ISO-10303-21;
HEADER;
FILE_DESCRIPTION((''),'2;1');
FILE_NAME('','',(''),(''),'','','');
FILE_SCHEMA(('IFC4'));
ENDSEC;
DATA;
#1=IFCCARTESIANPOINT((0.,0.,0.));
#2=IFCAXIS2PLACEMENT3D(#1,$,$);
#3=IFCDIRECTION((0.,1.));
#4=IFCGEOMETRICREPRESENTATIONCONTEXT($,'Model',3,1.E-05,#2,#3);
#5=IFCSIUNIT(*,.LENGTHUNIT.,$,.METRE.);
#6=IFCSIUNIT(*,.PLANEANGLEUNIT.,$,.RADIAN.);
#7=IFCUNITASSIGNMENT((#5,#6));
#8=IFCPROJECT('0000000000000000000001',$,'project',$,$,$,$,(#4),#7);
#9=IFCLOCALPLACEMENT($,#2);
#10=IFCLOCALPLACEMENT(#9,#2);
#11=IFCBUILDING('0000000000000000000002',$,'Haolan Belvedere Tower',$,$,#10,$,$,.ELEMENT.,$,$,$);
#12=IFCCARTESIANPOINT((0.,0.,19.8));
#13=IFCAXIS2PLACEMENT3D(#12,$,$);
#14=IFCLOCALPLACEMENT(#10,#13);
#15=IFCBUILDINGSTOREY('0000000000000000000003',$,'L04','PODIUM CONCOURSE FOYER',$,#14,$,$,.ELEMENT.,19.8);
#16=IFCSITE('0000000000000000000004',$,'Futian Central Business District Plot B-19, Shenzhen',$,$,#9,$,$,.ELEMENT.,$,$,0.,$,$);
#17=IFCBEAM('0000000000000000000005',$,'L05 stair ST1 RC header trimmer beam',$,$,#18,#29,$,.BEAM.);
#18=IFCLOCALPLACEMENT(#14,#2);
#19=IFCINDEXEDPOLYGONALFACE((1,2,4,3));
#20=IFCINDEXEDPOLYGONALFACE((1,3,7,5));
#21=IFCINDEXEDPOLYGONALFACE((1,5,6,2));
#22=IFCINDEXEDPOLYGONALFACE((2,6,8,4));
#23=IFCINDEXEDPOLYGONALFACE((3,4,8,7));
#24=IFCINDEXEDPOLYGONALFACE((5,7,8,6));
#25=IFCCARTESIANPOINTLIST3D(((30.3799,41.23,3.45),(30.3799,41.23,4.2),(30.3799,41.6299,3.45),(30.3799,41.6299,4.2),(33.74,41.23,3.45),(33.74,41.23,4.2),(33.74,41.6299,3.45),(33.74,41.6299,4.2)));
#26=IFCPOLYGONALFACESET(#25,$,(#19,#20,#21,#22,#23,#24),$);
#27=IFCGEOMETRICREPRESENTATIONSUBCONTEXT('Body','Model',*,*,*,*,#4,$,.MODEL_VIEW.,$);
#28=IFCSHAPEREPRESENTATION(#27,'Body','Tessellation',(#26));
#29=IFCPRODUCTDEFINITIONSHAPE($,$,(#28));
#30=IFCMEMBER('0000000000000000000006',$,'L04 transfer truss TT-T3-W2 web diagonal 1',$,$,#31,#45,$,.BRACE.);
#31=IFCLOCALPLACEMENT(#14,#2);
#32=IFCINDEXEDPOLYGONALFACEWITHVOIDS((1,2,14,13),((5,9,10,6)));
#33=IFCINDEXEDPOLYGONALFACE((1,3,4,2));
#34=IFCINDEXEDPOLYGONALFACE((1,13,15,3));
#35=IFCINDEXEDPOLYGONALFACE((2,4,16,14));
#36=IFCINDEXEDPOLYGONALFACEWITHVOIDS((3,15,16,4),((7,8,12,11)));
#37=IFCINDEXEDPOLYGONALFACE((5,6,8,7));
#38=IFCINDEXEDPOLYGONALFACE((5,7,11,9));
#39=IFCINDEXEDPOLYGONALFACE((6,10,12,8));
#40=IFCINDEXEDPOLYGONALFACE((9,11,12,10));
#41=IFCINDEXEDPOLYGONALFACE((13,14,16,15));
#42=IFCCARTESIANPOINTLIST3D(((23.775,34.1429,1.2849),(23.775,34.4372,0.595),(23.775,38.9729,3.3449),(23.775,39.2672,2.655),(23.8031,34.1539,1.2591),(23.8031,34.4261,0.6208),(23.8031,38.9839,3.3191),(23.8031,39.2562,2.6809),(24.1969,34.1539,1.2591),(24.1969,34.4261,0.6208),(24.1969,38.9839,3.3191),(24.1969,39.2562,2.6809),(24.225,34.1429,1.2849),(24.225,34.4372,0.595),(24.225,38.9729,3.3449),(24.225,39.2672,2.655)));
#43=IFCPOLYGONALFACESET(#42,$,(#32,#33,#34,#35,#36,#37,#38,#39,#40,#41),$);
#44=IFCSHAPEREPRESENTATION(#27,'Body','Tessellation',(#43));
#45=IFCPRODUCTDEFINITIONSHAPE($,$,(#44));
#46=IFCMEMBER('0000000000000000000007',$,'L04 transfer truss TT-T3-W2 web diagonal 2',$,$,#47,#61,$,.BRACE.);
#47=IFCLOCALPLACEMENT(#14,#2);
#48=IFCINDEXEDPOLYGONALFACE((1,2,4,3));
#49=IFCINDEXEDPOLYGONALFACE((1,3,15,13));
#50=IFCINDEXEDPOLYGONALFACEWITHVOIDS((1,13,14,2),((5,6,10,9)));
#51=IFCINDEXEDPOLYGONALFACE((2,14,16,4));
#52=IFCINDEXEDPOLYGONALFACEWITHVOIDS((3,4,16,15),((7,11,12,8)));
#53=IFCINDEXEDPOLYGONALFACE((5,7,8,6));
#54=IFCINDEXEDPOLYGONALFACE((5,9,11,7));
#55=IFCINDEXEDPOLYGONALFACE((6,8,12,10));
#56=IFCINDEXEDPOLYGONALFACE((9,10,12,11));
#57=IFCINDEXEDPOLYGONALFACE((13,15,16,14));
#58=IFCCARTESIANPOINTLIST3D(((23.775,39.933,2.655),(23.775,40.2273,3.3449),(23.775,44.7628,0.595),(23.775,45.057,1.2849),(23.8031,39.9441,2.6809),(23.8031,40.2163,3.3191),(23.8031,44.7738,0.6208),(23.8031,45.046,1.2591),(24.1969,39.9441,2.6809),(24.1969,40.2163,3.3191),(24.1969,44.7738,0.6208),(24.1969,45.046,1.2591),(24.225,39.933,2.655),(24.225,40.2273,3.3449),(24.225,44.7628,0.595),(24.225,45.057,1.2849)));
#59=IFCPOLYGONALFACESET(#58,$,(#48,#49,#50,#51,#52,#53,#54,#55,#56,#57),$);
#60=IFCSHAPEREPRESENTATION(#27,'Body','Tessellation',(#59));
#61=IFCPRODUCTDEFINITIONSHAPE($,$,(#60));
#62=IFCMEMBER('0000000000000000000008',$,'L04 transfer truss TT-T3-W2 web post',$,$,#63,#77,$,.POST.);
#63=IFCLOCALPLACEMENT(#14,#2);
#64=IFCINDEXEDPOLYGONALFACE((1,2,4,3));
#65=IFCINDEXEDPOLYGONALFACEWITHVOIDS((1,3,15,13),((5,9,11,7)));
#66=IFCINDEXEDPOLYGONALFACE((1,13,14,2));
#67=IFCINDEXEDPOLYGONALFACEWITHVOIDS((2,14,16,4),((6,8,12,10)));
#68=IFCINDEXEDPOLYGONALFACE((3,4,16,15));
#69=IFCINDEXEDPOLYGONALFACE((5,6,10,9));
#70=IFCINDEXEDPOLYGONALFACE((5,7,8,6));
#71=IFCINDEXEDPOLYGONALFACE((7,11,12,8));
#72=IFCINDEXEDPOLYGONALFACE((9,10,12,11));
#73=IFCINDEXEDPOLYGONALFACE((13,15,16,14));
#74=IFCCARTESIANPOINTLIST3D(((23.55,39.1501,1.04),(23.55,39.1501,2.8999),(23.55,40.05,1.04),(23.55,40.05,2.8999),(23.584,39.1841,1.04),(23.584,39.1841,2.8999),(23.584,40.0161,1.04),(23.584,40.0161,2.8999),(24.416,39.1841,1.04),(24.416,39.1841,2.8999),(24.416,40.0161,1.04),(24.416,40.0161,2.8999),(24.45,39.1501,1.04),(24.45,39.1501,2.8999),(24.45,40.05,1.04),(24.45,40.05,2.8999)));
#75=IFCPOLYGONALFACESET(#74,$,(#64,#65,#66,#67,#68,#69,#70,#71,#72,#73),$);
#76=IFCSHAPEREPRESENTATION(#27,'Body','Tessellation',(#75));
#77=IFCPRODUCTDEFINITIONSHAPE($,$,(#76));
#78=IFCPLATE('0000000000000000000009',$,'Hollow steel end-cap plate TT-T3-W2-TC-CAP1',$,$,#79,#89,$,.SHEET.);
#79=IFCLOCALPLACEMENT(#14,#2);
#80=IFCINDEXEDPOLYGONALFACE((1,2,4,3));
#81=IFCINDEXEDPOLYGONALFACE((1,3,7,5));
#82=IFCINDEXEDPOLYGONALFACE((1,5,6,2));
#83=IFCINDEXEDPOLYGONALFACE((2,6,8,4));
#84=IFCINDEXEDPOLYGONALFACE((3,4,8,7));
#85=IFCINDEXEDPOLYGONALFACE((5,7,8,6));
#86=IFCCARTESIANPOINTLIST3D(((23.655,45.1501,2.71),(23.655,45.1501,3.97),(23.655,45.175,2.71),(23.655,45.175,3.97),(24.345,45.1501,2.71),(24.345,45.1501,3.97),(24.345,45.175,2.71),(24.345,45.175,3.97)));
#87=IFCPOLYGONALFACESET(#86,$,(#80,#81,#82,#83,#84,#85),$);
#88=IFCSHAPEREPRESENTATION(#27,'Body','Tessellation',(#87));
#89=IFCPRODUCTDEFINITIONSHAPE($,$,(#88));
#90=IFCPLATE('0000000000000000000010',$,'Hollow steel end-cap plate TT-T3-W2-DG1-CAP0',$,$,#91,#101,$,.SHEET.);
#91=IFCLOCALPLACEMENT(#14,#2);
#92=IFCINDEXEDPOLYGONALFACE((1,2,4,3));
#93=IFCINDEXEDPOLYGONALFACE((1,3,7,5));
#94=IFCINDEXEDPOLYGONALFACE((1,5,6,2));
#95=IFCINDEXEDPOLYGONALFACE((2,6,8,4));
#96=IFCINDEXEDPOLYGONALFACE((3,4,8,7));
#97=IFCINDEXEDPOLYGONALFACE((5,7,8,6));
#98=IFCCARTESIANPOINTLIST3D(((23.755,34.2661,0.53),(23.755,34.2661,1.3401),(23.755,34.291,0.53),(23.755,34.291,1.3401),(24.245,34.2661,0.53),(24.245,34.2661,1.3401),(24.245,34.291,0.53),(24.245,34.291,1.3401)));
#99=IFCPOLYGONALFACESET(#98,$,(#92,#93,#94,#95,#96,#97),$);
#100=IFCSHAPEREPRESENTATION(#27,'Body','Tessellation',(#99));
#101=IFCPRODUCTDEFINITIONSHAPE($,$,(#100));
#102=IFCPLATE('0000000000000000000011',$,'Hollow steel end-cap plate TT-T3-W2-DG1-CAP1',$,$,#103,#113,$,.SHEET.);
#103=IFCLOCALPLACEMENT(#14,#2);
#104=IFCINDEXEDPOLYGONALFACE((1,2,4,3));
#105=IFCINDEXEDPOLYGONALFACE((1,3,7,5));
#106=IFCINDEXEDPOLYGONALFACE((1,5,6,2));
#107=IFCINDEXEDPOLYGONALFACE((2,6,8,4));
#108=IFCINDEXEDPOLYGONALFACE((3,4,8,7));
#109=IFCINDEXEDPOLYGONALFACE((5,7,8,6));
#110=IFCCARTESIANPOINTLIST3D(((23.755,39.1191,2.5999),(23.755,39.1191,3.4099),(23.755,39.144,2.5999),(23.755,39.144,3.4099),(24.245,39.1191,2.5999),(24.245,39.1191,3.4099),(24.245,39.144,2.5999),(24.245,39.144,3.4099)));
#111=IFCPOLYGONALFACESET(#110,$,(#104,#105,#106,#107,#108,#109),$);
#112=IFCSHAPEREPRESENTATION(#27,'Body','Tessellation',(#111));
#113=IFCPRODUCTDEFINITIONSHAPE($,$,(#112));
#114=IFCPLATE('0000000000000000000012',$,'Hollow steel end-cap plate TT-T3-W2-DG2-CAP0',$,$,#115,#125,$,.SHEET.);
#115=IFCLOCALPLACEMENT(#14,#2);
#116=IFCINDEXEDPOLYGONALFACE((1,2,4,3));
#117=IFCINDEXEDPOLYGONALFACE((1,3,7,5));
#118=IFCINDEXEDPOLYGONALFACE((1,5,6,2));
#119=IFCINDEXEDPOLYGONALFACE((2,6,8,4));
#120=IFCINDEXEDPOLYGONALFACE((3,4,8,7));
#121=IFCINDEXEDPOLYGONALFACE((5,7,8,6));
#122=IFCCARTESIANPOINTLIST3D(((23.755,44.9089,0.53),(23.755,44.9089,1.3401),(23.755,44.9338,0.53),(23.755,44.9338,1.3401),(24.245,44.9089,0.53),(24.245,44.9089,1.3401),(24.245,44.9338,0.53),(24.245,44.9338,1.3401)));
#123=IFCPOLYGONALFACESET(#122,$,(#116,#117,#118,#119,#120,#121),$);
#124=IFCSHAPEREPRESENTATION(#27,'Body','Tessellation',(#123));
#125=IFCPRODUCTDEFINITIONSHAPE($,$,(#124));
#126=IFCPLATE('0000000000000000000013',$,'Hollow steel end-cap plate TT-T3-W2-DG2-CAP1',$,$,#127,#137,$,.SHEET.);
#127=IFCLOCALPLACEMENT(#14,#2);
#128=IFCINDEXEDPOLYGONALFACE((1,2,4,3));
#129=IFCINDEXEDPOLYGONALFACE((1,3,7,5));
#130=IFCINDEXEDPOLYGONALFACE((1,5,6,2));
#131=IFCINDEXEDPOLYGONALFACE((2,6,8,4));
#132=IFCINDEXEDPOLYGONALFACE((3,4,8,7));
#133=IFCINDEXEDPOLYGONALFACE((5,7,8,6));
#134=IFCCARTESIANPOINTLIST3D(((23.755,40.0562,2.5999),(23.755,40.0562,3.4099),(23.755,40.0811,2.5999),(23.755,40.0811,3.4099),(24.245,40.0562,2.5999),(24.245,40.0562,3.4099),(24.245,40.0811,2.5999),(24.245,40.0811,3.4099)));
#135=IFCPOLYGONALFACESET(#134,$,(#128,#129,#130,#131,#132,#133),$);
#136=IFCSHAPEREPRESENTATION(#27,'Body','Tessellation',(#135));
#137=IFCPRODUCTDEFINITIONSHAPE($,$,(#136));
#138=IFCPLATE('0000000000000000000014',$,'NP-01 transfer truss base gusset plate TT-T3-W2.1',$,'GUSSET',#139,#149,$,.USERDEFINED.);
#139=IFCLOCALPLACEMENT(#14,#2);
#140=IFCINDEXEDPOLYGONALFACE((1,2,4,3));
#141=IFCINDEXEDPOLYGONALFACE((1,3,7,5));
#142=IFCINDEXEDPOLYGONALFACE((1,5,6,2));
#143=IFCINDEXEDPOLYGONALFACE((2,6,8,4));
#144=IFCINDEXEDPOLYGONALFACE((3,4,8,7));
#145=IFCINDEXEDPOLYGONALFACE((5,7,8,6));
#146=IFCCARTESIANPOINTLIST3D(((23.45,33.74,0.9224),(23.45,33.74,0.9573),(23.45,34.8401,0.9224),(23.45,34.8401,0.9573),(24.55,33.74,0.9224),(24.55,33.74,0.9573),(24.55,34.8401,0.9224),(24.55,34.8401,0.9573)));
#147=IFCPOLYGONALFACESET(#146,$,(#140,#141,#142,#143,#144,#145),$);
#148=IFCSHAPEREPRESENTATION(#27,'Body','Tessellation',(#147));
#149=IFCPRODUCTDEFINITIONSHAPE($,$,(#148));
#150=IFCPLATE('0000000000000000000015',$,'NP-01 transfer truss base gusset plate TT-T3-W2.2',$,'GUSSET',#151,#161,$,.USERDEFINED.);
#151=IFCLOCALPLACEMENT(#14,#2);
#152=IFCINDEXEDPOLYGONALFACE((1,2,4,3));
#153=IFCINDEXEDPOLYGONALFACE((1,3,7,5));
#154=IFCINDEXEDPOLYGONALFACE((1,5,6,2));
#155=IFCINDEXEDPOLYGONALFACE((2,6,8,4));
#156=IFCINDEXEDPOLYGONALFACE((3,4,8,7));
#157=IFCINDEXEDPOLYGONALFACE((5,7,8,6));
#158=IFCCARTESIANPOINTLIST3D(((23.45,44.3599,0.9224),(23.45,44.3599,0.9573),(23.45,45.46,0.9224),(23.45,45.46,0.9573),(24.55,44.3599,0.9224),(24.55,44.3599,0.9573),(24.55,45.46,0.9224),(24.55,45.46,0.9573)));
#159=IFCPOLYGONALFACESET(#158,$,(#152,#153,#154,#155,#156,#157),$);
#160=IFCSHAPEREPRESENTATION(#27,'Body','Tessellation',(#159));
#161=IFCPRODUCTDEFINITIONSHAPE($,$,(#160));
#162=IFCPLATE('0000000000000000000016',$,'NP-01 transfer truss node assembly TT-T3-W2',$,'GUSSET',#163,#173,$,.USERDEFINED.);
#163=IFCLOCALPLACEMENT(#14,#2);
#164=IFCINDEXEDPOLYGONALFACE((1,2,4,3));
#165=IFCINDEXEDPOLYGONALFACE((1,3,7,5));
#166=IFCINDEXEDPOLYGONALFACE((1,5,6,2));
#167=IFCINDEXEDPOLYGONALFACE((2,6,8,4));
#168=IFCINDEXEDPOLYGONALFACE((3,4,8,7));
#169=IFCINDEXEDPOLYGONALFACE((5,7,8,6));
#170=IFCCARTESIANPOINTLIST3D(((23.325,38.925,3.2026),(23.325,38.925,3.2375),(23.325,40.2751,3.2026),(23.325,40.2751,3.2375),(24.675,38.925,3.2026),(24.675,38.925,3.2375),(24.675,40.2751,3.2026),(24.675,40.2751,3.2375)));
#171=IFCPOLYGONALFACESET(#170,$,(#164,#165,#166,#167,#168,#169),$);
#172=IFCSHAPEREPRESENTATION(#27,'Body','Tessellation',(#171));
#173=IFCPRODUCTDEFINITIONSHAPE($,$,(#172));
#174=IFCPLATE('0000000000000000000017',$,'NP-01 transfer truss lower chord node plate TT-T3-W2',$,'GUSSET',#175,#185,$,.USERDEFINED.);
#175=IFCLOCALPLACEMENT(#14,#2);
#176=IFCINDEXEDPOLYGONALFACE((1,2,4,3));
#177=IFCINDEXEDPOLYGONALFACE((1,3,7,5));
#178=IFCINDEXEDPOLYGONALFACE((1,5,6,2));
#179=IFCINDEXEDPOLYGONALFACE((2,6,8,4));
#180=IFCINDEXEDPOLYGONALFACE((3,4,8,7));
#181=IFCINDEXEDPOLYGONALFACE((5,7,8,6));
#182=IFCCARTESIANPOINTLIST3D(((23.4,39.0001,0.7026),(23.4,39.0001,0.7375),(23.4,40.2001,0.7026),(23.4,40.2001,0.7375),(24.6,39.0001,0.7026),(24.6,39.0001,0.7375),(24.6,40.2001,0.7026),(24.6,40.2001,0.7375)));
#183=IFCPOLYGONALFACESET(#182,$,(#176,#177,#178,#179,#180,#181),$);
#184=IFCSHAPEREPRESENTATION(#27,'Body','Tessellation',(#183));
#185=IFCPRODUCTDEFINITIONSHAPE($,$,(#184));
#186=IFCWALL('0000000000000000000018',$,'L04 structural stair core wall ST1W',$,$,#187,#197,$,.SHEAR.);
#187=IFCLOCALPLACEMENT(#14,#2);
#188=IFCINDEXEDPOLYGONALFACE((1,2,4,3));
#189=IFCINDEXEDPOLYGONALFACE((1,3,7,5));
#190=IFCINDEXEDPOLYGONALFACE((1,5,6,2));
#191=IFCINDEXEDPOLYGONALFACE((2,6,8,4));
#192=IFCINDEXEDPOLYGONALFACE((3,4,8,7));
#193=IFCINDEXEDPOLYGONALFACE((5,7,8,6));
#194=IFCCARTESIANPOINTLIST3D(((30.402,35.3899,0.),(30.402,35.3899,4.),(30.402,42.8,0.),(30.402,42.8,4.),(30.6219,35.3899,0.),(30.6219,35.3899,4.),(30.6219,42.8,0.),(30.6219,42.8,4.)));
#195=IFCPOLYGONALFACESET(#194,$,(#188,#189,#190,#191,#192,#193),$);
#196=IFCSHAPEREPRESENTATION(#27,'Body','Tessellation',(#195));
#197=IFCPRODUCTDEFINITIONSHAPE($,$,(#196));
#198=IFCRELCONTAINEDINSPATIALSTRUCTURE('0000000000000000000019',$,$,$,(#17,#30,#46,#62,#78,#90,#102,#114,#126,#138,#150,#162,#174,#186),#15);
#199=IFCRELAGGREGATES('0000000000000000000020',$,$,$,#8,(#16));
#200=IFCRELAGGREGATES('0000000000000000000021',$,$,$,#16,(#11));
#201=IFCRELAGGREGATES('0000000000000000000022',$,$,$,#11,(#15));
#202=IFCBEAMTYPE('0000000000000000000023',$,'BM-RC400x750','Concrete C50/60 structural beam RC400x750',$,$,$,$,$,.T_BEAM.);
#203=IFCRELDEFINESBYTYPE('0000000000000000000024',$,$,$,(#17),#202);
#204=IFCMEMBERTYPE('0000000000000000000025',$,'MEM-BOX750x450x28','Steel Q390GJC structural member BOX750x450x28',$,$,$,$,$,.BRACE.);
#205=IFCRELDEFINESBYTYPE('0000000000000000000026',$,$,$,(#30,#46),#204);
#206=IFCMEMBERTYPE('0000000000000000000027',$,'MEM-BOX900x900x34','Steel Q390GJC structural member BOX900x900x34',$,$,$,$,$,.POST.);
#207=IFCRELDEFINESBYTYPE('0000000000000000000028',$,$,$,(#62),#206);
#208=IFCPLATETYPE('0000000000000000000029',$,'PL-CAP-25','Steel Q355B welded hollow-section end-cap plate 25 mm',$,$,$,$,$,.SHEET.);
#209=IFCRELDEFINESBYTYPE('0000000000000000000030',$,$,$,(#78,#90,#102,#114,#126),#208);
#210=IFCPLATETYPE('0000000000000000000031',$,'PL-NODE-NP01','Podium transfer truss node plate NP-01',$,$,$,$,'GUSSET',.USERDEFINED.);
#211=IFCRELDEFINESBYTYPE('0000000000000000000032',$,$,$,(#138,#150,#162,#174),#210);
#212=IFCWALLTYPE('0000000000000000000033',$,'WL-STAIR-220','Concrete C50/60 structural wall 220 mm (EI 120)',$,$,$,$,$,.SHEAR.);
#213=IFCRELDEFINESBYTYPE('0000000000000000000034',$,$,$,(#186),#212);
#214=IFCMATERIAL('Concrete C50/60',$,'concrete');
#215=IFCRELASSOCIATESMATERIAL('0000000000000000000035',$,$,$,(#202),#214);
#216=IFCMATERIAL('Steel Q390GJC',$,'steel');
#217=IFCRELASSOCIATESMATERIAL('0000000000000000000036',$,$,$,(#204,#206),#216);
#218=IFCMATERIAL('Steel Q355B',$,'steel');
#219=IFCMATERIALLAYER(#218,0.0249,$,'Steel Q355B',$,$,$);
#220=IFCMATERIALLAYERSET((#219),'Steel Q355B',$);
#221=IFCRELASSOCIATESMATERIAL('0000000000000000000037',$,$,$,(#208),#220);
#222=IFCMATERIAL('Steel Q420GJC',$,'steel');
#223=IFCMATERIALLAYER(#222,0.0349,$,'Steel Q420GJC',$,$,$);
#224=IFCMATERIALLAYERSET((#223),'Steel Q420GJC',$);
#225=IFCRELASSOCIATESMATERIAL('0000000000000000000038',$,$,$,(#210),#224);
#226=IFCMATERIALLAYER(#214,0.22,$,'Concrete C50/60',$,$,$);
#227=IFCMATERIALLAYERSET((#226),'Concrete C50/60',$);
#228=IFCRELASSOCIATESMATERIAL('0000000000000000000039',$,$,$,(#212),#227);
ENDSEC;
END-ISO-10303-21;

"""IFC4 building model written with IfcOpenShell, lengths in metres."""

from ifc_helpers import new_model, si_unit, direction, frame, frame_2d, origin, origin_2d, place, context, subcontext, project, spatial, rectangle, hollow_rectangle, extrude, material, layer, layer_set, material_profile, profile_set, type_object, element, save


model = new_model("IFC4")

# Units and contexts
model_context = context("Model", 3, precision=1e-05, world=origin(), true_north=direction((0.0, 1.0)))
body_context = subcontext(model_context, "Body", "Model", "MODEL_VIEW")
ifc_project = project(units=[si_unit("LENGTHUNIT", "METRE"), si_unit("PLANEANGLEUNIT", "RADIAN")], contexts=[model_context])

# Site, building, storey
site_placement = place(None, origin())
site = spatial("IfcSite", under=ifc_project, at=site_placement, Name="Futian Central Business District Plot B-19, Shenzhen", CompositionType="ELEMENT", RefElevation=0.0)
building_placement = place(site_placement, origin())
building = spatial("IfcBuilding", under=site, at=building_placement, Name="Haolan Belvedere Tower", CompositionType="ELEMENT")
storey_placement = place(building_placement, frame((0.0, 0.0, 19.8)))
storey = spatial("IfcBuildingStorey", under=building, at=storey_placement, Name="L04", Description="PODIUM CONCOURSE FOYER", CompositionType="ELEMENT", Elevation=19.8)

# Beam
ifc_material_1 = material(Name="Concrete C50/60", Category="concrete")
ifc_material_profile_1 = material_profile(ifc_material_1, rectangle(XDim=0.3999, YDim=0.75, at=origin_2d()), Name="Concrete C50/60")
ifc_profile_set_1 = profile_set([ifc_material_profile_1], Name="Concrete C50/60")
beam_type = type_object("IfcBeamType", Name="BM-RC400x750", Description="Concrete C50/60 structural beam RC400x750", PredefinedType="T_BEAM", material=ifc_profile_set_1)
beam_placement = place(storey_placement, frame((30.3799, 41.4299, 3.825), z_axis=(1.0, 0.0, 0.0), x_axis=(0.0, 1.0, 0.0)))
element("IfcBeam", 1, at=beam_placement, inside=storey, type_object=beam_type, Name="L05 stair ST1 RC header trimmer beam", PredefinedType="BEAM", context=body_context, shape_type="SweptSolid", body=[
    extrude(rectangle(XDim=0.3999, YDim=0.75, at=origin_2d()), origin(), (0.0, 0.0, 1.0), 3.3601),
])

# Members
ifc_material_2 = material(Name="Steel Q390GJC", Category="steel")
ifc_material_profile_2 = material_profile(ifc_material_2, hollow_rectangle(XDim=0.45, YDim=0.75, WallThickness=0.0281, at=origin_2d()), Name="Steel Q390GJC")
ifc_profile_set_2 = profile_set([ifc_material_profile_2], Name="Steel Q390GJC")
member_type_1 = type_object("IfcMemberType", Name="MEM-BOX750x450x28", Description="Steel Q390GJC structural member BOX750x450x28", PredefinedType="BRACE", material=ifc_profile_set_2)
member_1_placement = place(storey_placement, frame((24.0, 34.29, 0.9399), z_axis=(0.0, 0.919831, 0.392314), x_axis=(-1.0, 0.0, 0.0)))
element("IfcMember", 2, at=member_1_placement, inside=storey, type_object=member_type_1, Name="L04 transfer truss TT-T3-W2 web diagonal 1", PredefinedType="BRACE", context=body_context, shape_type="SweptSolid", body=[
    extrude(hollow_rectangle(XDim=0.45, YDim=0.75, WallThickness=0.0281, at=origin_2d()), origin(), (0.0, 0.0, 1.0), 5.251),
])
member_2_placement = place(storey_placement, frame((24.0, 44.9099, 0.9399), z_axis=(0.0, -0.919824, 0.392331), x_axis=(1.0, 0.0, 0.0)))
element("IfcMember", 3, at=member_2_placement, inside=storey, type_object=member_type_1, Name="L04 transfer truss TT-T3-W2 web diagonal 2", PredefinedType="BRACE", context=body_context, shape_type="SweptSolid", body=[
    extrude(hollow_rectangle(XDim=0.45, YDim=0.75, WallThickness=0.0281, at=origin_2d()), origin(), (0.0, 0.0, 1.0), 5.2507),
])
ifc_material_profile_3 = material_profile(ifc_material_2, hollow_rectangle(XDim=0.8999, YDim=0.8999, WallThickness=0.0339, at=origin_2d()), Name="Steel Q390GJC")
ifc_profile_set_3 = profile_set([ifc_material_profile_3], Name="Steel Q390GJC")
member_type_2 = type_object("IfcMemberType", Name="MEM-BOX900x900x34", Description="Steel Q390GJC structural member BOX900x900x34", PredefinedType="POST", material=ifc_profile_set_3)
member_3_placement = place(storey_placement, frame((24.0, 39.6001, 1.04), z_axis=(0.0, 0.0, 1.0), x_axis=(1.0, 0.0, 0.0)))
element("IfcMember", 4, at=member_3_placement, inside=storey, type_object=member_type_2, Name="L04 transfer truss TT-T3-W2 web post", PredefinedType="POST", context=body_context, shape_type="SweptSolid", body=[
    extrude(hollow_rectangle(XDim=0.8999, YDim=0.8999, WallThickness=0.0339, at=origin_2d()), origin(), (0.0, 0.0, 1.0), 1.8599),
])

# Plates
ifc_material_3 = material(Name="Steel Q355B", Category="steel")
ifc_layer_1 = layer(ifc_material_3, 0.0249, Name="Steel Q355B")
ifc_layer_set_1 = layer_set([ifc_layer_1], Name="Steel Q355B")
plate_type_1 = type_object("IfcPlateType", Name="PL-CAP-25", Description="Steel Q355B welded hollow-section end-cap plate 25 mm", PredefinedType="SHEET", material=ifc_layer_set_1)
plate_1_placement = place(storey_placement, frame((24.0, 45.1626, 2.71), z_axis=(0.0, 0.0, 1.0), x_axis=(-1.0, 0.0, 0.0)))
element("IfcPlate", 5, at=plate_1_placement, inside=storey, type_object=plate_type_1, Name="Hollow steel end-cap plate TT-T3-W2-TC-CAP1", PredefinedType="SHEET", context=body_context, shape_type="SweptSolid", body=[
    extrude(rectangle(XDim=0.6899, YDim=0.0249, at=origin_2d()), origin(), (0.0, 0.0, 1.0), 1.26),
])
for number, where, z_axis, x_axis, name in (
    (6, (24.0, 34.2786, 0.53), (0.0, 0.0, 1.0), (1.0, 0.0, 0.0), "Hollow steel end-cap plate TT-T3-W2-DG1-CAP0"),
    (7, (24.0, 39.1316, 2.5999), (0.0, 0.0, 1.0), (-1.0, 0.0, 0.0), "Hollow steel end-cap plate TT-T3-W2-DG1-CAP1"),
    (8, (24.0, 44.9214, 0.53), (0.0, 0.0, 1.0), (-1.0, 0.0, 0.0), "Hollow steel end-cap plate TT-T3-W2-DG2-CAP0"),
    (9, (24.0, 40.0686, 2.5999), (0.0, 0.0, 1.0), (1.0, 0.0, 0.0), "Hollow steel end-cap plate TT-T3-W2-DG2-CAP1"),
):
    element("IfcPlate", number, at=place(storey_placement, frame(where, z_axis=z_axis, x_axis=x_axis)), inside=storey, type_object=plate_type_1, Name=name, PredefinedType="SHEET", context=body_context, shape_type="SweptSolid", body=[
        extrude(rectangle(XDim=0.49, YDim=0.0249, at=origin_2d()), origin(), (0.0, 0.0, 1.0), 0.8101),
    ])
ifc_material_4 = material(Name="Steel Q420GJC", Category="steel")
ifc_layer_2 = layer(ifc_material_4, 0.0349, Name="Steel Q420GJC")
ifc_layer_set_2 = layer_set([ifc_layer_2], Name="Steel Q420GJC")
plate_type_2 = type_object("IfcPlateType", Name="PL-NODE-NP01", Description="Podium transfer truss node plate NP-01", ElementType="GUSSET", PredefinedType="USERDEFINED", material=ifc_layer_set_2)
for number, where, z_axis, x_axis, name in (
    (10, (24.0, 34.29, 0.9224), (0.0, 0.0, 1.0), (1.0, 0.0, 0.0), "NP-01 transfer truss base gusset plate TT-T3-W2.1"),
    (11, (24.0, 44.9099, 0.9224), (0.0, 0.0, 1.0), (1.0, 0.0, 0.0), "NP-01 transfer truss base gusset plate TT-T3-W2.2"),
):
    element("IfcPlate", number, at=place(storey_placement, frame(where, z_axis=z_axis, x_axis=x_axis)), inside=storey, type_object=plate_type_2, Name=name, ObjectType="GUSSET", PredefinedType="USERDEFINED", context=body_context, shape_type="SweptSolid", body=[
        extrude(rectangle(XDim=1.1001, YDim=1.1001, at=origin_2d()), origin(), (0.0, 0.0, 1.0), 0.0349),
    ])
plate_2_placement = place(storey_placement, frame((24.0, 39.6001, 3.2026), z_axis=(0.0, 0.0, 1.0), x_axis=(1.0, 0.0, 0.0)))
element("IfcPlate", 12, at=plate_2_placement, inside=storey, type_object=plate_type_2, Name="NP-01 transfer truss node assembly TT-T3-W2", ObjectType="GUSSET", PredefinedType="USERDEFINED", context=body_context, shape_type="SweptSolid", body=[
    extrude(rectangle(XDim=1.3501, YDim=1.3501, at=origin_2d()), origin(), (0.0, 0.0, 1.0), 0.0349),
])
plate_3_placement = place(storey_placement, frame((24.0, 39.6001, 0.7026), z_axis=(0.0, 0.0, 1.0), x_axis=(1.0, 0.0, 0.0)))
element("IfcPlate", 13, at=plate_3_placement, inside=storey, type_object=plate_type_2, Name="NP-01 transfer truss lower chord node plate TT-T3-W2", ObjectType="GUSSET", PredefinedType="USERDEFINED", context=body_context, shape_type="SweptSolid", body=[
    extrude(rectangle(XDim=1.2, YDim=1.2, at=origin_2d()), origin(), (0.0, 0.0, 1.0), 0.0349),
])

# Wall
ifc_layer_3 = layer(ifc_material_1, 0.22, Name="Concrete C50/60")
ifc_layer_set_3 = layer_set([ifc_layer_3], Name="Concrete C50/60")
wall_type_1 = type_object("IfcWallType", Name="WL-STAIR-220", Description="Concrete C50/60 structural wall 220 mm (EI 120)", PredefinedType="SHEAR", material=ifc_layer_set_3)
wall_1_placement = place(storey_placement, frame((30.512, 35.3899, 0.0), z_axis=(0.0, 0.0, 1.0), x_axis=(0.0, 1.0, 0.0)))
element("IfcWall", 14, at=wall_1_placement, inside=storey, type_object=wall_type_1, Name="L04 structural stair core wall ST1W", PredefinedType="SHEAR", context=body_context, shape_type="SweptSolid", body=[
    extrude(rectangle(XDim=7.4102, YDim=0.22, at=frame_2d((3.7051, 0.0))), origin(), (0.0, 0.0, 1.0), 4.0),
])

save(model, "model.ifc")
